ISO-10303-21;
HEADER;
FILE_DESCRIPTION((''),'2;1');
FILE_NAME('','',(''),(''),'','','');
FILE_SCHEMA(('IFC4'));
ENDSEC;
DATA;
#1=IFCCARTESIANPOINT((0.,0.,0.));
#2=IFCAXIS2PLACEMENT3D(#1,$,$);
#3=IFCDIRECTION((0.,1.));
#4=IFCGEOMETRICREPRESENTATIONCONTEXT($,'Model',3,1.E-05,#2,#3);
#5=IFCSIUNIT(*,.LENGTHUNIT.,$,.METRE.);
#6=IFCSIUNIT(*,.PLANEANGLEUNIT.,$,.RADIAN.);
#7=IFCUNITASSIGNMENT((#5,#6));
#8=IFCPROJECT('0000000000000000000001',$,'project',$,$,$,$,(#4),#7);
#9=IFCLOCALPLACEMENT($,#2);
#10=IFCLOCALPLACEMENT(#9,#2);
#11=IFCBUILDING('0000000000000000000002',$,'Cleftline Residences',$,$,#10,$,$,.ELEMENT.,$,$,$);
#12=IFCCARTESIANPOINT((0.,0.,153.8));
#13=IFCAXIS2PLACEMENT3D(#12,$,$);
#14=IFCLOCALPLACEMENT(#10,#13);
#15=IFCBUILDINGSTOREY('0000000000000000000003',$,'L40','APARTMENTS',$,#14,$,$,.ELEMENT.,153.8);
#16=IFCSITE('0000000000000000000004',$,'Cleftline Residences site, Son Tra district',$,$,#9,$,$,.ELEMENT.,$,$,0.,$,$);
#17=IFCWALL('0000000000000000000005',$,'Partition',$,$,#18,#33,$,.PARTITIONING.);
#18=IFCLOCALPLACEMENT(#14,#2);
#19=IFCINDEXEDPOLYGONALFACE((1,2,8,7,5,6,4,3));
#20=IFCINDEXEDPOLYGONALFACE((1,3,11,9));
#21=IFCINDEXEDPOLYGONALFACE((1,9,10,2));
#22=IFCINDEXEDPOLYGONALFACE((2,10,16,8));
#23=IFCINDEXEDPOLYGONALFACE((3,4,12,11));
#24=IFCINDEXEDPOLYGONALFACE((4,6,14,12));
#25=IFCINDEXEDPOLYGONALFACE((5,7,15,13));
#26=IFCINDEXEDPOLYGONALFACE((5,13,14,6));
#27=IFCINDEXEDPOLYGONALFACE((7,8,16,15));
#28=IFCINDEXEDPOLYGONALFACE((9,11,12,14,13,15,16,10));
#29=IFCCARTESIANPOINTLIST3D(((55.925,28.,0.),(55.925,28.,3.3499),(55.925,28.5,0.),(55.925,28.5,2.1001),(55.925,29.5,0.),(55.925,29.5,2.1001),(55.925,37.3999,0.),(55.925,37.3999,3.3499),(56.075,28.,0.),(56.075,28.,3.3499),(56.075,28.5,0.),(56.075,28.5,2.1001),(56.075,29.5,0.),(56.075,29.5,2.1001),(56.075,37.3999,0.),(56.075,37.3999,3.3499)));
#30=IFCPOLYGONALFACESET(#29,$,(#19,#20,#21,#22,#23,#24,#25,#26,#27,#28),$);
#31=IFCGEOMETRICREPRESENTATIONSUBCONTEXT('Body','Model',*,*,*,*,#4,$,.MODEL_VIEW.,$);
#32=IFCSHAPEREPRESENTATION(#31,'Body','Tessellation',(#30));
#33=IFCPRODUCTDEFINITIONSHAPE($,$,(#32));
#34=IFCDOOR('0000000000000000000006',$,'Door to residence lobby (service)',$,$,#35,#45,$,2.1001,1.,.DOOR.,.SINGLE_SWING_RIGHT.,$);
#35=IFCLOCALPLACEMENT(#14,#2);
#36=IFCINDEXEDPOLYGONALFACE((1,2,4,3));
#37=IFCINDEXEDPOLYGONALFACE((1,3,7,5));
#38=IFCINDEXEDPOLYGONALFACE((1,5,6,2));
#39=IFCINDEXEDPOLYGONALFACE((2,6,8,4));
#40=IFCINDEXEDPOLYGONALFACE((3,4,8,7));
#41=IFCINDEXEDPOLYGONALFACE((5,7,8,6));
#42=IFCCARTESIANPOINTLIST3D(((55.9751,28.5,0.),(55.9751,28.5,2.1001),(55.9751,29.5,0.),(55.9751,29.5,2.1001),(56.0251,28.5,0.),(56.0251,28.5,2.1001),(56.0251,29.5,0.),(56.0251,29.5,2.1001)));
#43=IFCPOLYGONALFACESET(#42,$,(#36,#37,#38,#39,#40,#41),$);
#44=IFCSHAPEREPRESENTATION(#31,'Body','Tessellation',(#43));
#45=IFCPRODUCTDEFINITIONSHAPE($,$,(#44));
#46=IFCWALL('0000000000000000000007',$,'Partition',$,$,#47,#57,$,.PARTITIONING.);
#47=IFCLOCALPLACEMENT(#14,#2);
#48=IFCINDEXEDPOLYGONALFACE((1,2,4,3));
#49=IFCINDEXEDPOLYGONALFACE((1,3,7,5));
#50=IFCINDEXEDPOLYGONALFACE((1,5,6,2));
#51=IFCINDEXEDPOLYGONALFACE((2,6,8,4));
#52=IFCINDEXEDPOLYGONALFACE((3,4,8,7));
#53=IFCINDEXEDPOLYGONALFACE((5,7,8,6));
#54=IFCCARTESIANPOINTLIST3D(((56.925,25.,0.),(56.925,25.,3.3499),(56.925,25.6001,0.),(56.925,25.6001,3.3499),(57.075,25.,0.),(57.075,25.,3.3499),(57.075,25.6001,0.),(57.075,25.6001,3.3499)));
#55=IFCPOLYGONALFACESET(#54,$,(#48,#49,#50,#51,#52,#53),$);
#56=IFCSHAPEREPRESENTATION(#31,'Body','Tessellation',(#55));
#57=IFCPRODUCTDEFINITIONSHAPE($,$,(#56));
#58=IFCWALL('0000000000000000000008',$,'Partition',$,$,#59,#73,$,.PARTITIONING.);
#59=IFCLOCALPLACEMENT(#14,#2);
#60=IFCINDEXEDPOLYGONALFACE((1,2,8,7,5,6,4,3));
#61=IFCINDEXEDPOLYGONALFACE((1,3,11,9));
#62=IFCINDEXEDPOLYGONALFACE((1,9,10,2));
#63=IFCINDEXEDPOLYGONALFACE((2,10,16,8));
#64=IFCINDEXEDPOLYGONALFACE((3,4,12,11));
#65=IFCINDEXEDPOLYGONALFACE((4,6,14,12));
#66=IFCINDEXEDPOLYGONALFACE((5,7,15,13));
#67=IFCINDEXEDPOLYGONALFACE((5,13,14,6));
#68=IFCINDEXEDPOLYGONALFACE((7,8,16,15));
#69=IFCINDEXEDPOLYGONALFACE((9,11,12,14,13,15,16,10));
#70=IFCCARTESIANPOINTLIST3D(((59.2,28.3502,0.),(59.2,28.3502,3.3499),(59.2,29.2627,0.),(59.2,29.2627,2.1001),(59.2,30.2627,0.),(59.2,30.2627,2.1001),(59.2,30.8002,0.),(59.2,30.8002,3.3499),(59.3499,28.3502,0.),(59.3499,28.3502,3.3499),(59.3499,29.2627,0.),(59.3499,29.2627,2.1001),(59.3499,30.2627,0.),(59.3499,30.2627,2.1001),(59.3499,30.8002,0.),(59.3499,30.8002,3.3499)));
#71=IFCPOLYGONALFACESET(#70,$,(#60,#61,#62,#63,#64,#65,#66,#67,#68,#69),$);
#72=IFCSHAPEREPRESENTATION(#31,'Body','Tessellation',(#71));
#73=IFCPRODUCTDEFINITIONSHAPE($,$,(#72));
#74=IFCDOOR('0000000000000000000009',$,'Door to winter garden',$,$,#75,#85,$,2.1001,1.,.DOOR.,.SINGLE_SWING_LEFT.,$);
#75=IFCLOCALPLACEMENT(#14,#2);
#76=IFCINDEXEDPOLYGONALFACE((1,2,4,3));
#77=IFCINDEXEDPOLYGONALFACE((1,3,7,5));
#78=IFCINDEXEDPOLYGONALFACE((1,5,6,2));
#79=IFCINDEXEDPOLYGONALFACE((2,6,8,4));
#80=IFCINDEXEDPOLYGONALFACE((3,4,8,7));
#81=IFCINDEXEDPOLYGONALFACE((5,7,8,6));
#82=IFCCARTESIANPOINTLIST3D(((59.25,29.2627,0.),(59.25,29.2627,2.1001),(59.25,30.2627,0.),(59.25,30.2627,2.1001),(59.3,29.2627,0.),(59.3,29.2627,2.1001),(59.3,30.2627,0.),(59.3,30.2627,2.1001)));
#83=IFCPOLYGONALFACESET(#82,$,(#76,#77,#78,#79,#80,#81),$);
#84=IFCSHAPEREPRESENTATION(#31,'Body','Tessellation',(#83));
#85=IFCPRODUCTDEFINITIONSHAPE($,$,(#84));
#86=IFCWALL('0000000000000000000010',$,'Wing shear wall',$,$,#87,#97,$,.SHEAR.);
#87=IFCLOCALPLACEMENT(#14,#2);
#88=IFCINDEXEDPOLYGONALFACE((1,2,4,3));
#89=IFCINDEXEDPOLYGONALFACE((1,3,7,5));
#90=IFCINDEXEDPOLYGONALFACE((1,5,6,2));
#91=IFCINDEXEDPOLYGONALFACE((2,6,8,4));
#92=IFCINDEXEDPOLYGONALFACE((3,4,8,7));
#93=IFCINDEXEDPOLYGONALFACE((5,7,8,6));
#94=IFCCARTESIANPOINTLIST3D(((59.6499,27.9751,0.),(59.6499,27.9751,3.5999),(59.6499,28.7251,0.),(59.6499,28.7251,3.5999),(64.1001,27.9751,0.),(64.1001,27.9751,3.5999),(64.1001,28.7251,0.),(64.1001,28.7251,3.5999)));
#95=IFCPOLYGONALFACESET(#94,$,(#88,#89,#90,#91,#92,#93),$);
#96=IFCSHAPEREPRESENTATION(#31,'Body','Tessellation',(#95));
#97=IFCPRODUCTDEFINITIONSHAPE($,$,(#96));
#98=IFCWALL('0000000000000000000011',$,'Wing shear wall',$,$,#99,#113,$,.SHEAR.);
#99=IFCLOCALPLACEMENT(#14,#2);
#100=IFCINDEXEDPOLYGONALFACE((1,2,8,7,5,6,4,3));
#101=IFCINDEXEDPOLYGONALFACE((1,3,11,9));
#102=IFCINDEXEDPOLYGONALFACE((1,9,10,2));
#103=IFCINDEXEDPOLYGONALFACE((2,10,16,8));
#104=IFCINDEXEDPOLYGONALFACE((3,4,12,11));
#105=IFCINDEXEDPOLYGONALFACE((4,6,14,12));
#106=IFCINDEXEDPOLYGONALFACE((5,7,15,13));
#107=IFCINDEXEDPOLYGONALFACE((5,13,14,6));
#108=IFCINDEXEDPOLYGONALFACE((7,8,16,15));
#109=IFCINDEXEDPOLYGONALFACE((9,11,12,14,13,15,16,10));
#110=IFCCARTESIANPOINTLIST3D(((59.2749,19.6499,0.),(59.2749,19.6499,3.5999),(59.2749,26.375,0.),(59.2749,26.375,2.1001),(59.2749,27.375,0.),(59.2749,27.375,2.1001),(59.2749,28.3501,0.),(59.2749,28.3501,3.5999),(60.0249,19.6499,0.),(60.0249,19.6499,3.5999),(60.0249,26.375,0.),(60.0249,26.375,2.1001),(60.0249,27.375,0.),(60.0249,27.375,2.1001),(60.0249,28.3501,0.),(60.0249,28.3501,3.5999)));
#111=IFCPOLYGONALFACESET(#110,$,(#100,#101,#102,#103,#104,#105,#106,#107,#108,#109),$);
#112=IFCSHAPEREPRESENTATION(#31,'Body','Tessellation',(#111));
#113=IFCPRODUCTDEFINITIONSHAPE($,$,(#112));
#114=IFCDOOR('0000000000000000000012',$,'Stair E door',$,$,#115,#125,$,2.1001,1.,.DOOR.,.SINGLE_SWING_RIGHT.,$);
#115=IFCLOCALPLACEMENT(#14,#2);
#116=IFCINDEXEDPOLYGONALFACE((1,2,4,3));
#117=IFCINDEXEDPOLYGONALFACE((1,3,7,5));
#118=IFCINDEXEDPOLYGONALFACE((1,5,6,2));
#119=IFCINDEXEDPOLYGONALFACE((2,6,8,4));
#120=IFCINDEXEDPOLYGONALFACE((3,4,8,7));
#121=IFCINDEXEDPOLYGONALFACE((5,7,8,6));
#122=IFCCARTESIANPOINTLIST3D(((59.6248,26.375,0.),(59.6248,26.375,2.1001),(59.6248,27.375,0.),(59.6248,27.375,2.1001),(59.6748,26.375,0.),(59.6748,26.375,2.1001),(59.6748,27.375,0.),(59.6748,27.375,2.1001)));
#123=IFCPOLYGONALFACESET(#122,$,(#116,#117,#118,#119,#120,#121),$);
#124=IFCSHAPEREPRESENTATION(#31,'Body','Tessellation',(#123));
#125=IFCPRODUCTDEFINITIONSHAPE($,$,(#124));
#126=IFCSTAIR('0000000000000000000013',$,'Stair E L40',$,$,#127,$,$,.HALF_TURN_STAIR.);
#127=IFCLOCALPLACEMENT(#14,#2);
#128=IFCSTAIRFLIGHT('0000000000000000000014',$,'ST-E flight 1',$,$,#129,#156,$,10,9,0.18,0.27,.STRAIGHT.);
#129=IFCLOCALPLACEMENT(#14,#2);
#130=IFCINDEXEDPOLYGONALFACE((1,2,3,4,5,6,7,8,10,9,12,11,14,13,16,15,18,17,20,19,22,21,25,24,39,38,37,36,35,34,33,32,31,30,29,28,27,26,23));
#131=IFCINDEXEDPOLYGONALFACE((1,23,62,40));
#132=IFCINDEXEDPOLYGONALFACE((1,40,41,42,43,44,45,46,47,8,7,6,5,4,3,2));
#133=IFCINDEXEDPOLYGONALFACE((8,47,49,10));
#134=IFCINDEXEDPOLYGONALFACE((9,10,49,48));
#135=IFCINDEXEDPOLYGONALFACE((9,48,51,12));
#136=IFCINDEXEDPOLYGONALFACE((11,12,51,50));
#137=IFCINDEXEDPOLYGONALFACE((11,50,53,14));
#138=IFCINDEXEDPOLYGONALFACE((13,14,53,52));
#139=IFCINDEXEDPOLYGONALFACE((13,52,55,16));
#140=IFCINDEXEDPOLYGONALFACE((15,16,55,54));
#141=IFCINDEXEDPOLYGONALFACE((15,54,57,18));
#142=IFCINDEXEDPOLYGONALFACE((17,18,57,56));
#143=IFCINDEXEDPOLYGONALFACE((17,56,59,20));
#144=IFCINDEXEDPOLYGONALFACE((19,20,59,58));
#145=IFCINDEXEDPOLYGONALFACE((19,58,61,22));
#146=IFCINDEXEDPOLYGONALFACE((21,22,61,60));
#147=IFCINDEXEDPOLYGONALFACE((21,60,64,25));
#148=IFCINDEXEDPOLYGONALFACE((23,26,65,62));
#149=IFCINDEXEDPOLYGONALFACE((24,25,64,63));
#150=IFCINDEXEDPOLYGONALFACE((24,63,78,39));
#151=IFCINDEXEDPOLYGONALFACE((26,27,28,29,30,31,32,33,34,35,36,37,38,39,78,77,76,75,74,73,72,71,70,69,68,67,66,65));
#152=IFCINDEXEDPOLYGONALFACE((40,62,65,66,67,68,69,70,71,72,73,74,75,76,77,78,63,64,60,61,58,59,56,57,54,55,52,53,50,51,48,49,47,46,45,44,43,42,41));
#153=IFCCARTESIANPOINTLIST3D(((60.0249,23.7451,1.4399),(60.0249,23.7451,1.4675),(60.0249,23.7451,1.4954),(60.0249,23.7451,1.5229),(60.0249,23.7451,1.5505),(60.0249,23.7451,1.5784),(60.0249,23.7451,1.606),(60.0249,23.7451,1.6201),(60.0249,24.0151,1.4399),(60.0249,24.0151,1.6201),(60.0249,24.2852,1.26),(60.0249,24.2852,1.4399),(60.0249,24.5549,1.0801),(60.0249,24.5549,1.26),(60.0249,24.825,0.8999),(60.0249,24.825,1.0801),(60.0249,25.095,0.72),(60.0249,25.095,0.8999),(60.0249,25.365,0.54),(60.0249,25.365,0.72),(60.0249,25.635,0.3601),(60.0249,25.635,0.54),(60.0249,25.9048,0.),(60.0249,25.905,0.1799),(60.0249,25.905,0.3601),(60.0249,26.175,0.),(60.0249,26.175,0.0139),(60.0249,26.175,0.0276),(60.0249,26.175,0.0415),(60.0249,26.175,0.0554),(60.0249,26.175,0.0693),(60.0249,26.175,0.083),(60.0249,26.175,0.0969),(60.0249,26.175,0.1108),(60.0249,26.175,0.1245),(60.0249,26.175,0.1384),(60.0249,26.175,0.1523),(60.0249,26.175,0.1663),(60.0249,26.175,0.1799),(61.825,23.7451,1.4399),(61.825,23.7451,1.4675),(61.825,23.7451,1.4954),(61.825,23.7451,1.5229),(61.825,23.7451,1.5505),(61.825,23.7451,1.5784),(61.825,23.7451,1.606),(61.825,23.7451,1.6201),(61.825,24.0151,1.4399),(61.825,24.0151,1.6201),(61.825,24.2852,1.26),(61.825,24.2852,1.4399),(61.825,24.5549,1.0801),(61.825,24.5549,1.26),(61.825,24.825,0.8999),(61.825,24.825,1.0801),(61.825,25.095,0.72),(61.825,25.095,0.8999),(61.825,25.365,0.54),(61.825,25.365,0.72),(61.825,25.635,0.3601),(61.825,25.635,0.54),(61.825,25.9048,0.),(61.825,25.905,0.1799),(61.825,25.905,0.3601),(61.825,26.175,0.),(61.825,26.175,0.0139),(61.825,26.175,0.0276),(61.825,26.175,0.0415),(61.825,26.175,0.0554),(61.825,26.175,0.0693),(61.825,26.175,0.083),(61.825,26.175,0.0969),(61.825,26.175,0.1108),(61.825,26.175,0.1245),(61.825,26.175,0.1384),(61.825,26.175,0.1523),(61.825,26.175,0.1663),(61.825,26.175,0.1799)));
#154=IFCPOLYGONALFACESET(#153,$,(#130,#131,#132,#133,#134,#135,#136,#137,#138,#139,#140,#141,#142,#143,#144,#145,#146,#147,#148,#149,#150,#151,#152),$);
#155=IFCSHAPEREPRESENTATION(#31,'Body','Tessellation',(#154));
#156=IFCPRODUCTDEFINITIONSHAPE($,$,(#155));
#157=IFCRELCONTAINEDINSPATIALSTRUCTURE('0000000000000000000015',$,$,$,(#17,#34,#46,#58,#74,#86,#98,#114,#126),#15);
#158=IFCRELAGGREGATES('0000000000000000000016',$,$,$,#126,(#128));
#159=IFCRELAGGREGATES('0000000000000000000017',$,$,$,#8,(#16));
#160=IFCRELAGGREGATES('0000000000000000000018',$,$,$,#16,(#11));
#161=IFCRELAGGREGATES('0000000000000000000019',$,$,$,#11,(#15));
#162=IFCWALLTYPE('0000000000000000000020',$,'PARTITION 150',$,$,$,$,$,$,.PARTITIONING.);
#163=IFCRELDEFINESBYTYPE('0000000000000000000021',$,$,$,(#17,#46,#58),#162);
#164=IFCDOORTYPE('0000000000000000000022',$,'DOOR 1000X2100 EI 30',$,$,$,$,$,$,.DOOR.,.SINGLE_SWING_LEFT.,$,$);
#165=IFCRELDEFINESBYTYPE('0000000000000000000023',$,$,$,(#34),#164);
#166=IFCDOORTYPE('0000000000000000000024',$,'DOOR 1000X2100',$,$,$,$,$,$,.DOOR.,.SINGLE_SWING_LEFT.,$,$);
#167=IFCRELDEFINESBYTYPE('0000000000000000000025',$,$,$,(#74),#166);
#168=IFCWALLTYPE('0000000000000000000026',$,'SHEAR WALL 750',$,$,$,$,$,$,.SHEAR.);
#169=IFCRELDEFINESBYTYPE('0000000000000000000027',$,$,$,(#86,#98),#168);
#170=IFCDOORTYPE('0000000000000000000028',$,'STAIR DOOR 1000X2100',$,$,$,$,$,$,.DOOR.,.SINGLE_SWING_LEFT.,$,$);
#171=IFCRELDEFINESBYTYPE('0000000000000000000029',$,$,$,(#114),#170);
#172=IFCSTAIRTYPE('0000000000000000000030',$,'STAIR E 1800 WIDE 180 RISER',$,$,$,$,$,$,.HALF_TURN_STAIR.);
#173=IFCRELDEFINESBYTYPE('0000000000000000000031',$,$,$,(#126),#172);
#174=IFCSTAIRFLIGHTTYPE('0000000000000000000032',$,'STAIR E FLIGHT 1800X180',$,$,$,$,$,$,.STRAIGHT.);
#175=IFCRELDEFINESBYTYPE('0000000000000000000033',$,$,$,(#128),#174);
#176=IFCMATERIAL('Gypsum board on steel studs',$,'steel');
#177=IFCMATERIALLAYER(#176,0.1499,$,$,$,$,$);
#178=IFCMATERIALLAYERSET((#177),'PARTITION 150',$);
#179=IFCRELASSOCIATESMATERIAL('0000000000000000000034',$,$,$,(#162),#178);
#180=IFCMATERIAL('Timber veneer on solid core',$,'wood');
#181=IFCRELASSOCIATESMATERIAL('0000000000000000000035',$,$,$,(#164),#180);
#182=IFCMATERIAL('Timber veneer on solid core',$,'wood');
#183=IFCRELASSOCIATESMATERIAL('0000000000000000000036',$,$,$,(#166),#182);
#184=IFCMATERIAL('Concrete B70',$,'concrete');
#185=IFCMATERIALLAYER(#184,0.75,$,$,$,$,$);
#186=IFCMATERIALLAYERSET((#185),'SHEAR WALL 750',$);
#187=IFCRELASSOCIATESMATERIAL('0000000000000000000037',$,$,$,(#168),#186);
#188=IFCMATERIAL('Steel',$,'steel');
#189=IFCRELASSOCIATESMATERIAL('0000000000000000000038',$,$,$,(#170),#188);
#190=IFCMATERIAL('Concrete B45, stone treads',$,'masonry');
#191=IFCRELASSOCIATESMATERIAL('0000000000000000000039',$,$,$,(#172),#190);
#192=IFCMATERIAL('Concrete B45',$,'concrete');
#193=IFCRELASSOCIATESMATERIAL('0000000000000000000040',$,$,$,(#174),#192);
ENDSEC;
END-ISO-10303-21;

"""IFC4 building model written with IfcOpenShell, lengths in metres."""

from ifc_helpers import new_model, si_unit, direction, frame, frame_2d, origin, place, context, subcontext, project, spatial, polyline, rectangle, outline, extrude, material, layer, layer_set, type_object, element, fill, aggregate, save


model = new_model("IFC4")

# Units and contexts
model_context = context("Model", 3, precision=1e-05, world=origin(), true_north=direction((0.0, 1.0)))
body_context = subcontext(model_context, "Body", "Model", "MODEL_VIEW")
ifc_project = project(units=[si_unit("LENGTHUNIT", "METRE"), si_unit("PLANEANGLEUNIT", "RADIAN")], contexts=[model_context])

# Site, building, storey
site_placement = place(None, origin())
site = spatial("IfcSite", under=ifc_project, at=site_placement, Name="Cleftline Residences site, Son Tra district", CompositionType="ELEMENT", RefElevation=0.0)
building_placement = place(site_placement, origin())
building = spatial("IfcBuilding", under=site, at=building_placement, Name="Cleftline Residences", CompositionType="ELEMENT")
storey_placement = place(building_placement, frame((0.0, 0.0, 153.8)))
storey = spatial("IfcBuildingStorey", under=building, at=storey_placement, Name="L40", Description="APARTMENTS", CompositionType="ELEMENT", Elevation=153.8)

# Shared definitions
ifc_material_1 = material(Name="Gypsum board on steel studs", Category="steel")
ifc_layer_1 = layer(ifc_material_1, 0.1499)
ifc_layer_set_1 = layer_set([ifc_layer_1], Name="PARTITION 150")
wall_type_1 = type_object("IfcWallType", Name="PARTITION 150", PredefinedType="PARTITIONING", material=ifc_layer_set_1)

# Wall, opening, door
wall_1_placement = place(storey_placement, frame((56.0, 28.0, 0.0), z_axis=(0.0, 0.0, 1.0), x_axis=(0.0, 1.0, 0.0)))
wall_1 = element("IfcWall", 1, at=wall_1_placement, inside=storey, type_object=wall_type_1, Name="Partition", PredefinedType="PARTITIONING", context=body_context, shape_type="SweptSolid", body=[
    extrude(rectangle(XDim=9.3999, YDim=0.1499, at=frame_2d((4.7, 0.0))), origin(), (0.0, 0.0, 1.0), 3.3499),
])
opening_1_placement = place(wall_1_placement, frame((0.5, 0.0, 0.0)))
opening_1 = element("IfcOpeningElement", 2, at=opening_1_placement, cuts=wall_1, PredefinedType="OPENING", context=body_context, shape_type="SweptSolid", body=[
    extrude(rectangle(XDim=1.0, YDim=2.1001, at=frame_2d((0.5, 1.05))), frame((0.0, 0.085, 0.0), z_axis=(0.0, -1.0, 0.0), x_axis=(1.0, 0.0, 0.0)), (0.0, 0.0, 1.0), 0.1699),
])
ifc_material_2 = material(Name="Timber veneer on solid core", Category="wood")
door_type_1 = type_object("IfcDoorType", Name="DOOR 1000X2100 EI 30", OperationType="SINGLE_SWING_LEFT", PredefinedType="DOOR", material=ifc_material_2)
door_1_placement = place(opening_1_placement, origin())
door_1 = element("IfcDoor", 3, at=door_1_placement, inside=storey, type_object=door_type_1, Name="Door to residence lobby (service)", OperationType="SINGLE_SWING_RIGHT", OverallHeight=2.1001, OverallWidth=1.0, PredefinedType="DOOR", context=body_context, shape_type="SweptSolid", body=[
    extrude(rectangle(XDim=1.0, YDim=2.1001, at=frame_2d((0.5, 1.05))), frame((0.0, 0.0249, 0.0), z_axis=(0.0, -1.0, 0.0), x_axis=(1.0, 0.0, 0.0)), (0.0, 0.0, 1.0), 0.05),
])
fill(opening_1, door_1)

# Wall
wall_2_placement = place(storey_placement, frame((57.0, 25.0, 0.0), z_axis=(0.0, 0.0, 1.0), x_axis=(0.0, 1.0, 0.0)))
element("IfcWall", 4, at=wall_2_placement, inside=storey, type_object=wall_type_1, Name="Partition", PredefinedType="PARTITIONING", context=body_context, shape_type="SweptSolid", body=[
    extrude(rectangle(XDim=0.6001, YDim=0.1499, at=frame_2d((0.3, 0.0))), origin(), (0.0, 0.0, 1.0), 3.3499),
])

# Wall, opening, door
wall_3_placement = place(storey_placement, frame((59.2749, 28.3501, 0.0), z_axis=(0.0, 0.0, 1.0), x_axis=(0.0, 1.0, 0.0)))
wall_3 = element("IfcWall", 5, at=wall_3_placement, inside=storey, type_object=wall_type_1, Name="Partition", PredefinedType="PARTITIONING", context=body_context, shape_type="SweptSolid", body=[
    extrude(rectangle(XDim=2.45, YDim=0.1499, at=frame_2d((1.2251, 0.0))), origin(), (0.0, 0.0, 1.0), 3.3499),
])
opening_2_placement = place(wall_3_placement, frame((0.9126, 0.0, 0.0)))
opening_2 = element("IfcOpeningElement", 6, at=opening_2_placement, cuts=wall_3, PredefinedType="OPENING", context=body_context, shape_type="SweptSolid", body=[
    extrude(rectangle(XDim=1.0, YDim=2.1001, at=frame_2d((0.5, 1.05))), frame((0.0, 0.085, 0.0), z_axis=(0.0, -1.0, 0.0), x_axis=(1.0, 0.0, 0.0)), (0.0, 0.0, 1.0), 0.1699),
])
ifc_material_3 = material(Name="Timber veneer on solid core", Category="wood")
door_type_2 = type_object("IfcDoorType", Name="DOOR 1000X2100", OperationType="SINGLE_SWING_LEFT", PredefinedType="DOOR", material=ifc_material_3)
door_2_placement = place(opening_2_placement, origin())
door_2 = element("IfcDoor", 7, at=door_2_placement, inside=storey, type_object=door_type_2, Name="Door to winter garden", OperationType="SINGLE_SWING_LEFT", OverallHeight=2.1001, OverallWidth=1.0, PredefinedType="DOOR", context=body_context, shape_type="SweptSolid", body=[
    extrude(rectangle(XDim=1.0, YDim=2.1001, at=frame_2d((0.5, 1.05))), frame((0.0, 0.0249, 0.0), z_axis=(0.0, -1.0, 0.0), x_axis=(1.0, 0.0, 0.0)), (0.0, 0.0, 1.0), 0.05),
])
fill(opening_2, door_2)

# Wall
ifc_material_4 = material(Name="Concrete B70", Category="concrete")
ifc_layer_2 = layer(ifc_material_4, 0.75)
ifc_layer_set_2 = layer_set([ifc_layer_2], Name="SHEAR WALL 750")
wall_type_2 = type_object("IfcWallType", Name="SHEAR WALL 750", PredefinedType="SHEAR", material=ifc_layer_set_2)
wall_4_placement = place(storey_placement, frame((64.1001, 28.3501, 0.0), z_axis=(0.0, 0.0, 1.0), x_axis=(-1.0, 0.0, 0.0)))
element("IfcWall", 8, at=wall_4_placement, inside=storey, type_object=wall_type_2, Name="Wing shear wall", PredefinedType="SHEAR", context=body_context, shape_type="SweptSolid", body=[
    extrude(rectangle(XDim=4.4502, YDim=0.75, at=frame_2d((2.2251, 0.0))), origin(), (0.0, 0.0, 1.0), 3.5999),
])

# Wall, opening, door
wall_5_placement = place(storey_placement, frame((59.6499, 28.3501, 0.0), z_axis=(0.0, 0.0, 1.0), x_axis=(0.0, -1.0, 0.0)))
wall_5 = element("IfcWall", 9, at=wall_5_placement, inside=storey, type_object=wall_type_2, Name="Wing shear wall", PredefinedType="SHEAR", context=body_context, shape_type="SweptSolid", body=[
    extrude(rectangle(XDim=8.7002, YDim=0.75, at=frame_2d((4.3501, 0.0))), origin(), (0.0, 0.0, 1.0), 3.5999),
])
opening_3_placement = place(wall_5_placement, frame((0.9751, 0.0, 0.0)))
opening_3 = element("IfcOpeningElement", 10, at=opening_3_placement, cuts=wall_5, PredefinedType="OPENING", context=body_context, shape_type="SweptSolid", body=[
    extrude(rectangle(XDim=1.0, YDim=2.1001, at=frame_2d((0.5, 1.05))), frame((0.0, 0.385, 0.0), z_axis=(0.0, -1.0, 0.0), x_axis=(1.0, 0.0, 0.0)), (0.0, 0.0, 1.0), 0.77),
])
ifc_material_5 = material(Name="Steel", Category="steel")
door_type_3 = type_object("IfcDoorType", Name="STAIR DOOR 1000X2100", OperationType="SINGLE_SWING_LEFT", PredefinedType="DOOR", material=ifc_material_5)
door_3_placement = place(opening_3_placement, origin())
door_3 = element("IfcDoor", 11, at=door_3_placement, inside=storey, type_object=door_type_3, Name="Stair E door", OperationType="SINGLE_SWING_RIGHT", OverallHeight=2.1001, OverallWidth=1.0, PredefinedType="DOOR", context=body_context, shape_type="SweptSolid", body=[
    extrude(rectangle(XDim=1.0, YDim=2.1001, at=frame_2d((0.5, 1.05))), frame((0.0, 0.0249, 0.0), z_axis=(0.0, -1.0, 0.0), x_axis=(1.0, 0.0, 0.0)), (0.0, 0.0, 1.0), 0.05),
])
fill(opening_3, door_3)

# Stair, stair flight
ifc_material_6 = material(Name="Concrete B45, stone treads", Category="masonry")
stair_type = type_object("IfcStairType", Name="STAIR E 1800 WIDE 180 RISER", PredefinedType="HALF_TURN_STAIR", material=ifc_material_6)
stair_placement = place(storey_placement, origin())
stair = element("IfcStair", 12, at=stair_placement, inside=storey, type_object=stair_type, Name="Stair E L40", PredefinedType="HALF_TURN_STAIR")
ifc_material_7 = material(Name="Concrete B45", Category="concrete")
stair_flight_type = type_object("IfcStairFlightType", Name="STAIR E FLIGHT 1800X180", PredefinedType="STRAIGHT", material=ifc_material_7)
stair_flight_placement = place(storey_placement, frame((60.925, 26.175, 0.0), z_axis=(0.0, 0.0, 1.0), x_axis=(0.0, -1.0, 0.0)))
stair_flight = element("IfcStairFlight", 13, at=stair_flight_placement, type_object=stair_flight_type, Name="ST-E flight 1", NumberOfRisers=10, NumberOfTreads=9, PredefinedType="STRAIGHT", RiserHeight=0.18, TreadLength=0.27, context=body_context, shape_type="SweptSolid", body=[
    extrude(outline(polyline([(0.0, 0.0), (0.0, 0.0139), (0.0, 0.0276), (0.0, 0.0415), (0.0, 0.0554), (0.0, 0.0693), (0.0, 0.083), (0.0, 0.0969), (0.0, 0.1108), (0.0, 0.1245), (0.0, 0.1384), (0.0, 0.1523), (0.0, 0.1663), (0.0, 0.1799), (0.27, 0.1799), (0.27, 0.3601), (0.54, 0.3601), (0.54, 0.54), (0.8101, 0.54), (0.8101, 0.72), (1.0801, 0.72), (1.0801, 0.8999), (1.3501, 0.8999), (1.3501, 1.0801), (1.6201, 1.0801), (1.6201, 1.26), (1.8899, 1.26), (1.8899, 1.4399), (2.1599, 1.4399), (2.1599, 1.6201), (2.4299, 1.6201), (2.4299, 1.8), (2.4299, 1.7722), (2.4299, 1.7446), (2.4299, 1.7168), (2.4299, 1.6892), (2.4299, 1.6614), (2.4299, 1.6338), (2.4299, 1.606), (2.4299, 1.5784), (2.4299, 1.5505), (2.4299, 1.5229), (2.4299, 1.4954), (2.4299, 1.4675), (2.4299, 1.4399), (0.2703, 0.0), (0.0, 0.0)])), frame((0.0, 0.8999, 0.0), z_axis=(0.0, -1.0, 0.0), x_axis=(1.0, 0.0, 0.0)), (0.0, 0.0, 1.0), 1.8),
])
aggregate(stair, [stair_flight])

save(model, "model.ifc")
